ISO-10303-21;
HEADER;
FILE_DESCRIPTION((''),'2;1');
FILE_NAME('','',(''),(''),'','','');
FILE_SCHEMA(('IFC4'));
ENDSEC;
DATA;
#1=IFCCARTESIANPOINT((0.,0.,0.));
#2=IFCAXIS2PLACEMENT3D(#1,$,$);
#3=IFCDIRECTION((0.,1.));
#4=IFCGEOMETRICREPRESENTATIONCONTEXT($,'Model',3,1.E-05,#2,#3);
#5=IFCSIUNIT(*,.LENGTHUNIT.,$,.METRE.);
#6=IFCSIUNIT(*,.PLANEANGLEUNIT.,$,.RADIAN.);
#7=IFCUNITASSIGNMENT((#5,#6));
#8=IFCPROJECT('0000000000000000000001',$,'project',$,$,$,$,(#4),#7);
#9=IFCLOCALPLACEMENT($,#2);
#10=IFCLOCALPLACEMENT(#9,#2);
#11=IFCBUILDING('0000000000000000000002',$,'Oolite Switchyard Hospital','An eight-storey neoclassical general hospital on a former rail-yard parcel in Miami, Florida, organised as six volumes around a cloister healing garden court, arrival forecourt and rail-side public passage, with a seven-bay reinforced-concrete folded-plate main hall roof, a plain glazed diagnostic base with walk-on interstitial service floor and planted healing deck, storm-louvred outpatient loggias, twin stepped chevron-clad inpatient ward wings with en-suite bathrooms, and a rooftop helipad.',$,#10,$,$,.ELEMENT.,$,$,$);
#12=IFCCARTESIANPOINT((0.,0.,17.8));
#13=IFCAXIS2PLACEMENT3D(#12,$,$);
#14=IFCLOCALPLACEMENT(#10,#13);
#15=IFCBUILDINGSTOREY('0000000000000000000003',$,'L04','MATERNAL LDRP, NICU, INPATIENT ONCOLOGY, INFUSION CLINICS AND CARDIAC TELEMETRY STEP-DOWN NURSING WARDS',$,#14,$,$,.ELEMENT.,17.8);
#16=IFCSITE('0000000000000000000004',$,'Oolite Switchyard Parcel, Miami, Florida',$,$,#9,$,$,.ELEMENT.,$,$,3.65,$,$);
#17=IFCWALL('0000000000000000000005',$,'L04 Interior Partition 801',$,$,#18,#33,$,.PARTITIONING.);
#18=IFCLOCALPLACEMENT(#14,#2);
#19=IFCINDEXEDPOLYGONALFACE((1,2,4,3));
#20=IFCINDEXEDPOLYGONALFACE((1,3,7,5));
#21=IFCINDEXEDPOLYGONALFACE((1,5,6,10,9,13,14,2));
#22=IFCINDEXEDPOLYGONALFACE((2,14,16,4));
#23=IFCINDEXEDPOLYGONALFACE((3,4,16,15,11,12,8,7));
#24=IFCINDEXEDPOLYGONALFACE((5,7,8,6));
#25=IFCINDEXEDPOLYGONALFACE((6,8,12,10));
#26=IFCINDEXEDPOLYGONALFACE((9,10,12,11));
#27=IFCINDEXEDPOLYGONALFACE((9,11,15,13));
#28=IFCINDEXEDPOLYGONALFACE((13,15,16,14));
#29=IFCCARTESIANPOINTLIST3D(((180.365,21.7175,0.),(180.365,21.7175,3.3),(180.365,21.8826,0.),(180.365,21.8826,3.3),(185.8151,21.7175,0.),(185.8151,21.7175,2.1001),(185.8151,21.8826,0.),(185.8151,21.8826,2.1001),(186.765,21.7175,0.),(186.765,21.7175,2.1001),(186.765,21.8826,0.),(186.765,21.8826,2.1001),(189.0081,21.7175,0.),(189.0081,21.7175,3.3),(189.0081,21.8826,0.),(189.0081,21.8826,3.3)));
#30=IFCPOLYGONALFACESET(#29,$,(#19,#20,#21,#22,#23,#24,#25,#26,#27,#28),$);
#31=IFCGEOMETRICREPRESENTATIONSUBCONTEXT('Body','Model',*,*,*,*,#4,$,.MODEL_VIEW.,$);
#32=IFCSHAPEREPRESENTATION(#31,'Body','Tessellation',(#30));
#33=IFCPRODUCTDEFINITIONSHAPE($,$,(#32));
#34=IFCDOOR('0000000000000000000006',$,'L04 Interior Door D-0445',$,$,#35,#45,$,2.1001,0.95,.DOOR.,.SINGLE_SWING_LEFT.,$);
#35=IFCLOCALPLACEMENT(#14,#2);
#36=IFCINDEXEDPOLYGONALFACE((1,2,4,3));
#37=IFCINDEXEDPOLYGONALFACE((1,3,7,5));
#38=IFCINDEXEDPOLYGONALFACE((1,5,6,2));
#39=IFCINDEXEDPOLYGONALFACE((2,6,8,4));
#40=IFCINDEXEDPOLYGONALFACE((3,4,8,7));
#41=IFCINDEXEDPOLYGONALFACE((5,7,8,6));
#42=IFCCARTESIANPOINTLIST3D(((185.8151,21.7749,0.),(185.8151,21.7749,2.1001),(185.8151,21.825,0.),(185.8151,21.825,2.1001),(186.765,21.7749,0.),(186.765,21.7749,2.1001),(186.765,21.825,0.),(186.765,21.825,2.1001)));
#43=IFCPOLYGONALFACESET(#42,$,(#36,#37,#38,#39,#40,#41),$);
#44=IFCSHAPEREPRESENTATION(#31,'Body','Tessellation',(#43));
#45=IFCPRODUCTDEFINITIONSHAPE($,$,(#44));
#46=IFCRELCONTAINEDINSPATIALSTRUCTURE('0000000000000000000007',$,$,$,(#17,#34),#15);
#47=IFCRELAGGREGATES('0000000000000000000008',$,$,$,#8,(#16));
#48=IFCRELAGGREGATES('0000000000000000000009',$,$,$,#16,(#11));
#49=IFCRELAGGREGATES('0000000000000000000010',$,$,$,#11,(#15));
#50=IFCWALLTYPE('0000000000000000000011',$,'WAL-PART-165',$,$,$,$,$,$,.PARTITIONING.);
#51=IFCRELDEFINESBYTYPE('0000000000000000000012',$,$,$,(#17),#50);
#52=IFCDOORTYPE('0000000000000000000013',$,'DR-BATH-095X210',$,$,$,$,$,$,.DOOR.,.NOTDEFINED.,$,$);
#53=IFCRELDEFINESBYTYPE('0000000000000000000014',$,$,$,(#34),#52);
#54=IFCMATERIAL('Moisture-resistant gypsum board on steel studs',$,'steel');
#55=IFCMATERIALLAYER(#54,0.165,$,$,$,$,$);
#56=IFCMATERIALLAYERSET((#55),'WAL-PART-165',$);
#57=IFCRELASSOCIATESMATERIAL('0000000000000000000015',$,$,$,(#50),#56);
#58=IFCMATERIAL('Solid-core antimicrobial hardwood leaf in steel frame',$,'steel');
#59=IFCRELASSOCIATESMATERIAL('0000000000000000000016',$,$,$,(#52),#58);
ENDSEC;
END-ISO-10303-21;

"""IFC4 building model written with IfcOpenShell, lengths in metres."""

from ifc_helpers import new_model, si_unit, direction, frame, frame_2d, origin, place, context, subcontext, project, spatial, rectangle, extrude, material, layer, layer_set, type_object, element, fill, save


model = new_model("IFC4")

# Units and contexts
model_context = context("Model", 3, precision=1e-05, world=origin(), true_north=direction((0.0, 1.0)))
body_context = subcontext(model_context, "Body", "Model", "MODEL_VIEW")
ifc_project = project(units=[si_unit("LENGTHUNIT", "METRE"), si_unit("PLANEANGLEUNIT", "RADIAN")], contexts=[model_context])

# Site, building, storey
site_placement = place(None, origin())
site = spatial("IfcSite", under=ifc_project, at=site_placement, Name="Oolite Switchyard Parcel, Miami, Florida", CompositionType="ELEMENT", RefElevation=3.65)
building_placement = place(site_placement, origin())
building = spatial("IfcBuilding", under=site, at=building_placement, Name="Oolite Switchyard Hospital", Description="An eight-storey neoclassical general hospital on a former rail-yard parcel in Miami, Florida, organised as six volumes around a cloister healing garden court, arrival forecourt and rail-side public passage, with a seven-bay reinforced-concrete folded-plate main hall roof, a plain glazed diagnostic base with walk-on interstitial service floor and planted healing deck, storm-louvred outpatient loggias, twin stepped chevron-clad inpatient ward wings with en-suite bathrooms, and a rooftop helipad.", CompositionType="ELEMENT")
storey_placement = place(building_placement, frame((0.0, 0.0, 17.8)))
storey = spatial("IfcBuildingStorey", under=building, at=storey_placement, Name="L04", Description="MATERNAL LDRP, NICU, INPATIENT ONCOLOGY, INFUSION CLINICS AND CARDIAC TELEMETRY STEP-DOWN NURSING WARDS", CompositionType="ELEMENT", Elevation=17.8)

# Shared definitions
ifc_material_1 = material(Name="Moisture-resistant gypsum board on steel studs", Category="steel")

# Wall, opening, door
ifc_layer_1 = layer(ifc_material_1, 0.165)
ifc_layer_set_1 = layer_set([ifc_layer_1], Name="WAL-PART-165")
wall_type_1 = type_object("IfcWallType", Name="WAL-PART-165", PredefinedType="PARTITIONING", material=ifc_layer_set_1)
ifc_material_2 = material(Name="Solid-core antimicrobial hardwood leaf in steel frame", Category="steel")
wall_1_placement = place(storey_placement, frame((180.365, 21.8, 0.0), z_axis=(0.0, 0.0, 1.0), x_axis=(1.0, 0.0, 0.0)))
wall_1 = element("IfcWall", 1, at=wall_1_placement, inside=storey, type_object=wall_type_1, Name="L04 Interior Partition 801", PredefinedType="PARTITIONING", context=body_context, shape_type="SweptSolid", body=[
    extrude(rectangle(XDim=8.6431, YDim=0.165, at=frame_2d((4.3215, 0.0))), origin(), (0.0, 0.0, 1.0), 3.3),
])
opening_1_placement = place(wall_1_placement, frame((5.45, 0.0, 0.0)))
opening_1 = element("IfcOpeningElement", 2, at=opening_1_placement, cuts=wall_1, PredefinedType="OPENING", context=body_context, shape_type="SweptSolid", body=[
    extrude(rectangle(XDim=0.95, YDim=2.1001, at=frame_2d((0.4751, 1.05))), frame((0.0, 0.0925, 0.0), z_axis=(0.0, -1.0, 0.0), x_axis=(1.0, 0.0, 0.0)), (0.0, 0.0, 1.0), 0.1851),
])
door_type_1 = type_object("IfcDoorType", Name="DR-BATH-095X210", OperationType="NOTDEFINED", PredefinedType="DOOR", material=ifc_material_2)
door_1_placement = place(opening_1_placement, origin())
door_1 = element("IfcDoor", 3, at=door_1_placement, inside=storey, type_object=door_type_1, Name="L04 Interior Door D-0445", OperationType="SINGLE_SWING_LEFT", OverallHeight=2.1001, OverallWidth=0.95, PredefinedType="DOOR", context=body_context, shape_type="SweptSolid", body=[
    extrude(rectangle(XDim=0.95, YDim=2.1001, at=frame_2d((0.4751, 1.05))), frame((0.0, 0.0249, 0.0), z_axis=(0.0, -1.0, 0.0), x_axis=(1.0, 0.0, 0.0)), (0.0, 0.0, 1.0), 0.05),
])
fill(opening_1, door_1)

save(model, "model.ifc")
